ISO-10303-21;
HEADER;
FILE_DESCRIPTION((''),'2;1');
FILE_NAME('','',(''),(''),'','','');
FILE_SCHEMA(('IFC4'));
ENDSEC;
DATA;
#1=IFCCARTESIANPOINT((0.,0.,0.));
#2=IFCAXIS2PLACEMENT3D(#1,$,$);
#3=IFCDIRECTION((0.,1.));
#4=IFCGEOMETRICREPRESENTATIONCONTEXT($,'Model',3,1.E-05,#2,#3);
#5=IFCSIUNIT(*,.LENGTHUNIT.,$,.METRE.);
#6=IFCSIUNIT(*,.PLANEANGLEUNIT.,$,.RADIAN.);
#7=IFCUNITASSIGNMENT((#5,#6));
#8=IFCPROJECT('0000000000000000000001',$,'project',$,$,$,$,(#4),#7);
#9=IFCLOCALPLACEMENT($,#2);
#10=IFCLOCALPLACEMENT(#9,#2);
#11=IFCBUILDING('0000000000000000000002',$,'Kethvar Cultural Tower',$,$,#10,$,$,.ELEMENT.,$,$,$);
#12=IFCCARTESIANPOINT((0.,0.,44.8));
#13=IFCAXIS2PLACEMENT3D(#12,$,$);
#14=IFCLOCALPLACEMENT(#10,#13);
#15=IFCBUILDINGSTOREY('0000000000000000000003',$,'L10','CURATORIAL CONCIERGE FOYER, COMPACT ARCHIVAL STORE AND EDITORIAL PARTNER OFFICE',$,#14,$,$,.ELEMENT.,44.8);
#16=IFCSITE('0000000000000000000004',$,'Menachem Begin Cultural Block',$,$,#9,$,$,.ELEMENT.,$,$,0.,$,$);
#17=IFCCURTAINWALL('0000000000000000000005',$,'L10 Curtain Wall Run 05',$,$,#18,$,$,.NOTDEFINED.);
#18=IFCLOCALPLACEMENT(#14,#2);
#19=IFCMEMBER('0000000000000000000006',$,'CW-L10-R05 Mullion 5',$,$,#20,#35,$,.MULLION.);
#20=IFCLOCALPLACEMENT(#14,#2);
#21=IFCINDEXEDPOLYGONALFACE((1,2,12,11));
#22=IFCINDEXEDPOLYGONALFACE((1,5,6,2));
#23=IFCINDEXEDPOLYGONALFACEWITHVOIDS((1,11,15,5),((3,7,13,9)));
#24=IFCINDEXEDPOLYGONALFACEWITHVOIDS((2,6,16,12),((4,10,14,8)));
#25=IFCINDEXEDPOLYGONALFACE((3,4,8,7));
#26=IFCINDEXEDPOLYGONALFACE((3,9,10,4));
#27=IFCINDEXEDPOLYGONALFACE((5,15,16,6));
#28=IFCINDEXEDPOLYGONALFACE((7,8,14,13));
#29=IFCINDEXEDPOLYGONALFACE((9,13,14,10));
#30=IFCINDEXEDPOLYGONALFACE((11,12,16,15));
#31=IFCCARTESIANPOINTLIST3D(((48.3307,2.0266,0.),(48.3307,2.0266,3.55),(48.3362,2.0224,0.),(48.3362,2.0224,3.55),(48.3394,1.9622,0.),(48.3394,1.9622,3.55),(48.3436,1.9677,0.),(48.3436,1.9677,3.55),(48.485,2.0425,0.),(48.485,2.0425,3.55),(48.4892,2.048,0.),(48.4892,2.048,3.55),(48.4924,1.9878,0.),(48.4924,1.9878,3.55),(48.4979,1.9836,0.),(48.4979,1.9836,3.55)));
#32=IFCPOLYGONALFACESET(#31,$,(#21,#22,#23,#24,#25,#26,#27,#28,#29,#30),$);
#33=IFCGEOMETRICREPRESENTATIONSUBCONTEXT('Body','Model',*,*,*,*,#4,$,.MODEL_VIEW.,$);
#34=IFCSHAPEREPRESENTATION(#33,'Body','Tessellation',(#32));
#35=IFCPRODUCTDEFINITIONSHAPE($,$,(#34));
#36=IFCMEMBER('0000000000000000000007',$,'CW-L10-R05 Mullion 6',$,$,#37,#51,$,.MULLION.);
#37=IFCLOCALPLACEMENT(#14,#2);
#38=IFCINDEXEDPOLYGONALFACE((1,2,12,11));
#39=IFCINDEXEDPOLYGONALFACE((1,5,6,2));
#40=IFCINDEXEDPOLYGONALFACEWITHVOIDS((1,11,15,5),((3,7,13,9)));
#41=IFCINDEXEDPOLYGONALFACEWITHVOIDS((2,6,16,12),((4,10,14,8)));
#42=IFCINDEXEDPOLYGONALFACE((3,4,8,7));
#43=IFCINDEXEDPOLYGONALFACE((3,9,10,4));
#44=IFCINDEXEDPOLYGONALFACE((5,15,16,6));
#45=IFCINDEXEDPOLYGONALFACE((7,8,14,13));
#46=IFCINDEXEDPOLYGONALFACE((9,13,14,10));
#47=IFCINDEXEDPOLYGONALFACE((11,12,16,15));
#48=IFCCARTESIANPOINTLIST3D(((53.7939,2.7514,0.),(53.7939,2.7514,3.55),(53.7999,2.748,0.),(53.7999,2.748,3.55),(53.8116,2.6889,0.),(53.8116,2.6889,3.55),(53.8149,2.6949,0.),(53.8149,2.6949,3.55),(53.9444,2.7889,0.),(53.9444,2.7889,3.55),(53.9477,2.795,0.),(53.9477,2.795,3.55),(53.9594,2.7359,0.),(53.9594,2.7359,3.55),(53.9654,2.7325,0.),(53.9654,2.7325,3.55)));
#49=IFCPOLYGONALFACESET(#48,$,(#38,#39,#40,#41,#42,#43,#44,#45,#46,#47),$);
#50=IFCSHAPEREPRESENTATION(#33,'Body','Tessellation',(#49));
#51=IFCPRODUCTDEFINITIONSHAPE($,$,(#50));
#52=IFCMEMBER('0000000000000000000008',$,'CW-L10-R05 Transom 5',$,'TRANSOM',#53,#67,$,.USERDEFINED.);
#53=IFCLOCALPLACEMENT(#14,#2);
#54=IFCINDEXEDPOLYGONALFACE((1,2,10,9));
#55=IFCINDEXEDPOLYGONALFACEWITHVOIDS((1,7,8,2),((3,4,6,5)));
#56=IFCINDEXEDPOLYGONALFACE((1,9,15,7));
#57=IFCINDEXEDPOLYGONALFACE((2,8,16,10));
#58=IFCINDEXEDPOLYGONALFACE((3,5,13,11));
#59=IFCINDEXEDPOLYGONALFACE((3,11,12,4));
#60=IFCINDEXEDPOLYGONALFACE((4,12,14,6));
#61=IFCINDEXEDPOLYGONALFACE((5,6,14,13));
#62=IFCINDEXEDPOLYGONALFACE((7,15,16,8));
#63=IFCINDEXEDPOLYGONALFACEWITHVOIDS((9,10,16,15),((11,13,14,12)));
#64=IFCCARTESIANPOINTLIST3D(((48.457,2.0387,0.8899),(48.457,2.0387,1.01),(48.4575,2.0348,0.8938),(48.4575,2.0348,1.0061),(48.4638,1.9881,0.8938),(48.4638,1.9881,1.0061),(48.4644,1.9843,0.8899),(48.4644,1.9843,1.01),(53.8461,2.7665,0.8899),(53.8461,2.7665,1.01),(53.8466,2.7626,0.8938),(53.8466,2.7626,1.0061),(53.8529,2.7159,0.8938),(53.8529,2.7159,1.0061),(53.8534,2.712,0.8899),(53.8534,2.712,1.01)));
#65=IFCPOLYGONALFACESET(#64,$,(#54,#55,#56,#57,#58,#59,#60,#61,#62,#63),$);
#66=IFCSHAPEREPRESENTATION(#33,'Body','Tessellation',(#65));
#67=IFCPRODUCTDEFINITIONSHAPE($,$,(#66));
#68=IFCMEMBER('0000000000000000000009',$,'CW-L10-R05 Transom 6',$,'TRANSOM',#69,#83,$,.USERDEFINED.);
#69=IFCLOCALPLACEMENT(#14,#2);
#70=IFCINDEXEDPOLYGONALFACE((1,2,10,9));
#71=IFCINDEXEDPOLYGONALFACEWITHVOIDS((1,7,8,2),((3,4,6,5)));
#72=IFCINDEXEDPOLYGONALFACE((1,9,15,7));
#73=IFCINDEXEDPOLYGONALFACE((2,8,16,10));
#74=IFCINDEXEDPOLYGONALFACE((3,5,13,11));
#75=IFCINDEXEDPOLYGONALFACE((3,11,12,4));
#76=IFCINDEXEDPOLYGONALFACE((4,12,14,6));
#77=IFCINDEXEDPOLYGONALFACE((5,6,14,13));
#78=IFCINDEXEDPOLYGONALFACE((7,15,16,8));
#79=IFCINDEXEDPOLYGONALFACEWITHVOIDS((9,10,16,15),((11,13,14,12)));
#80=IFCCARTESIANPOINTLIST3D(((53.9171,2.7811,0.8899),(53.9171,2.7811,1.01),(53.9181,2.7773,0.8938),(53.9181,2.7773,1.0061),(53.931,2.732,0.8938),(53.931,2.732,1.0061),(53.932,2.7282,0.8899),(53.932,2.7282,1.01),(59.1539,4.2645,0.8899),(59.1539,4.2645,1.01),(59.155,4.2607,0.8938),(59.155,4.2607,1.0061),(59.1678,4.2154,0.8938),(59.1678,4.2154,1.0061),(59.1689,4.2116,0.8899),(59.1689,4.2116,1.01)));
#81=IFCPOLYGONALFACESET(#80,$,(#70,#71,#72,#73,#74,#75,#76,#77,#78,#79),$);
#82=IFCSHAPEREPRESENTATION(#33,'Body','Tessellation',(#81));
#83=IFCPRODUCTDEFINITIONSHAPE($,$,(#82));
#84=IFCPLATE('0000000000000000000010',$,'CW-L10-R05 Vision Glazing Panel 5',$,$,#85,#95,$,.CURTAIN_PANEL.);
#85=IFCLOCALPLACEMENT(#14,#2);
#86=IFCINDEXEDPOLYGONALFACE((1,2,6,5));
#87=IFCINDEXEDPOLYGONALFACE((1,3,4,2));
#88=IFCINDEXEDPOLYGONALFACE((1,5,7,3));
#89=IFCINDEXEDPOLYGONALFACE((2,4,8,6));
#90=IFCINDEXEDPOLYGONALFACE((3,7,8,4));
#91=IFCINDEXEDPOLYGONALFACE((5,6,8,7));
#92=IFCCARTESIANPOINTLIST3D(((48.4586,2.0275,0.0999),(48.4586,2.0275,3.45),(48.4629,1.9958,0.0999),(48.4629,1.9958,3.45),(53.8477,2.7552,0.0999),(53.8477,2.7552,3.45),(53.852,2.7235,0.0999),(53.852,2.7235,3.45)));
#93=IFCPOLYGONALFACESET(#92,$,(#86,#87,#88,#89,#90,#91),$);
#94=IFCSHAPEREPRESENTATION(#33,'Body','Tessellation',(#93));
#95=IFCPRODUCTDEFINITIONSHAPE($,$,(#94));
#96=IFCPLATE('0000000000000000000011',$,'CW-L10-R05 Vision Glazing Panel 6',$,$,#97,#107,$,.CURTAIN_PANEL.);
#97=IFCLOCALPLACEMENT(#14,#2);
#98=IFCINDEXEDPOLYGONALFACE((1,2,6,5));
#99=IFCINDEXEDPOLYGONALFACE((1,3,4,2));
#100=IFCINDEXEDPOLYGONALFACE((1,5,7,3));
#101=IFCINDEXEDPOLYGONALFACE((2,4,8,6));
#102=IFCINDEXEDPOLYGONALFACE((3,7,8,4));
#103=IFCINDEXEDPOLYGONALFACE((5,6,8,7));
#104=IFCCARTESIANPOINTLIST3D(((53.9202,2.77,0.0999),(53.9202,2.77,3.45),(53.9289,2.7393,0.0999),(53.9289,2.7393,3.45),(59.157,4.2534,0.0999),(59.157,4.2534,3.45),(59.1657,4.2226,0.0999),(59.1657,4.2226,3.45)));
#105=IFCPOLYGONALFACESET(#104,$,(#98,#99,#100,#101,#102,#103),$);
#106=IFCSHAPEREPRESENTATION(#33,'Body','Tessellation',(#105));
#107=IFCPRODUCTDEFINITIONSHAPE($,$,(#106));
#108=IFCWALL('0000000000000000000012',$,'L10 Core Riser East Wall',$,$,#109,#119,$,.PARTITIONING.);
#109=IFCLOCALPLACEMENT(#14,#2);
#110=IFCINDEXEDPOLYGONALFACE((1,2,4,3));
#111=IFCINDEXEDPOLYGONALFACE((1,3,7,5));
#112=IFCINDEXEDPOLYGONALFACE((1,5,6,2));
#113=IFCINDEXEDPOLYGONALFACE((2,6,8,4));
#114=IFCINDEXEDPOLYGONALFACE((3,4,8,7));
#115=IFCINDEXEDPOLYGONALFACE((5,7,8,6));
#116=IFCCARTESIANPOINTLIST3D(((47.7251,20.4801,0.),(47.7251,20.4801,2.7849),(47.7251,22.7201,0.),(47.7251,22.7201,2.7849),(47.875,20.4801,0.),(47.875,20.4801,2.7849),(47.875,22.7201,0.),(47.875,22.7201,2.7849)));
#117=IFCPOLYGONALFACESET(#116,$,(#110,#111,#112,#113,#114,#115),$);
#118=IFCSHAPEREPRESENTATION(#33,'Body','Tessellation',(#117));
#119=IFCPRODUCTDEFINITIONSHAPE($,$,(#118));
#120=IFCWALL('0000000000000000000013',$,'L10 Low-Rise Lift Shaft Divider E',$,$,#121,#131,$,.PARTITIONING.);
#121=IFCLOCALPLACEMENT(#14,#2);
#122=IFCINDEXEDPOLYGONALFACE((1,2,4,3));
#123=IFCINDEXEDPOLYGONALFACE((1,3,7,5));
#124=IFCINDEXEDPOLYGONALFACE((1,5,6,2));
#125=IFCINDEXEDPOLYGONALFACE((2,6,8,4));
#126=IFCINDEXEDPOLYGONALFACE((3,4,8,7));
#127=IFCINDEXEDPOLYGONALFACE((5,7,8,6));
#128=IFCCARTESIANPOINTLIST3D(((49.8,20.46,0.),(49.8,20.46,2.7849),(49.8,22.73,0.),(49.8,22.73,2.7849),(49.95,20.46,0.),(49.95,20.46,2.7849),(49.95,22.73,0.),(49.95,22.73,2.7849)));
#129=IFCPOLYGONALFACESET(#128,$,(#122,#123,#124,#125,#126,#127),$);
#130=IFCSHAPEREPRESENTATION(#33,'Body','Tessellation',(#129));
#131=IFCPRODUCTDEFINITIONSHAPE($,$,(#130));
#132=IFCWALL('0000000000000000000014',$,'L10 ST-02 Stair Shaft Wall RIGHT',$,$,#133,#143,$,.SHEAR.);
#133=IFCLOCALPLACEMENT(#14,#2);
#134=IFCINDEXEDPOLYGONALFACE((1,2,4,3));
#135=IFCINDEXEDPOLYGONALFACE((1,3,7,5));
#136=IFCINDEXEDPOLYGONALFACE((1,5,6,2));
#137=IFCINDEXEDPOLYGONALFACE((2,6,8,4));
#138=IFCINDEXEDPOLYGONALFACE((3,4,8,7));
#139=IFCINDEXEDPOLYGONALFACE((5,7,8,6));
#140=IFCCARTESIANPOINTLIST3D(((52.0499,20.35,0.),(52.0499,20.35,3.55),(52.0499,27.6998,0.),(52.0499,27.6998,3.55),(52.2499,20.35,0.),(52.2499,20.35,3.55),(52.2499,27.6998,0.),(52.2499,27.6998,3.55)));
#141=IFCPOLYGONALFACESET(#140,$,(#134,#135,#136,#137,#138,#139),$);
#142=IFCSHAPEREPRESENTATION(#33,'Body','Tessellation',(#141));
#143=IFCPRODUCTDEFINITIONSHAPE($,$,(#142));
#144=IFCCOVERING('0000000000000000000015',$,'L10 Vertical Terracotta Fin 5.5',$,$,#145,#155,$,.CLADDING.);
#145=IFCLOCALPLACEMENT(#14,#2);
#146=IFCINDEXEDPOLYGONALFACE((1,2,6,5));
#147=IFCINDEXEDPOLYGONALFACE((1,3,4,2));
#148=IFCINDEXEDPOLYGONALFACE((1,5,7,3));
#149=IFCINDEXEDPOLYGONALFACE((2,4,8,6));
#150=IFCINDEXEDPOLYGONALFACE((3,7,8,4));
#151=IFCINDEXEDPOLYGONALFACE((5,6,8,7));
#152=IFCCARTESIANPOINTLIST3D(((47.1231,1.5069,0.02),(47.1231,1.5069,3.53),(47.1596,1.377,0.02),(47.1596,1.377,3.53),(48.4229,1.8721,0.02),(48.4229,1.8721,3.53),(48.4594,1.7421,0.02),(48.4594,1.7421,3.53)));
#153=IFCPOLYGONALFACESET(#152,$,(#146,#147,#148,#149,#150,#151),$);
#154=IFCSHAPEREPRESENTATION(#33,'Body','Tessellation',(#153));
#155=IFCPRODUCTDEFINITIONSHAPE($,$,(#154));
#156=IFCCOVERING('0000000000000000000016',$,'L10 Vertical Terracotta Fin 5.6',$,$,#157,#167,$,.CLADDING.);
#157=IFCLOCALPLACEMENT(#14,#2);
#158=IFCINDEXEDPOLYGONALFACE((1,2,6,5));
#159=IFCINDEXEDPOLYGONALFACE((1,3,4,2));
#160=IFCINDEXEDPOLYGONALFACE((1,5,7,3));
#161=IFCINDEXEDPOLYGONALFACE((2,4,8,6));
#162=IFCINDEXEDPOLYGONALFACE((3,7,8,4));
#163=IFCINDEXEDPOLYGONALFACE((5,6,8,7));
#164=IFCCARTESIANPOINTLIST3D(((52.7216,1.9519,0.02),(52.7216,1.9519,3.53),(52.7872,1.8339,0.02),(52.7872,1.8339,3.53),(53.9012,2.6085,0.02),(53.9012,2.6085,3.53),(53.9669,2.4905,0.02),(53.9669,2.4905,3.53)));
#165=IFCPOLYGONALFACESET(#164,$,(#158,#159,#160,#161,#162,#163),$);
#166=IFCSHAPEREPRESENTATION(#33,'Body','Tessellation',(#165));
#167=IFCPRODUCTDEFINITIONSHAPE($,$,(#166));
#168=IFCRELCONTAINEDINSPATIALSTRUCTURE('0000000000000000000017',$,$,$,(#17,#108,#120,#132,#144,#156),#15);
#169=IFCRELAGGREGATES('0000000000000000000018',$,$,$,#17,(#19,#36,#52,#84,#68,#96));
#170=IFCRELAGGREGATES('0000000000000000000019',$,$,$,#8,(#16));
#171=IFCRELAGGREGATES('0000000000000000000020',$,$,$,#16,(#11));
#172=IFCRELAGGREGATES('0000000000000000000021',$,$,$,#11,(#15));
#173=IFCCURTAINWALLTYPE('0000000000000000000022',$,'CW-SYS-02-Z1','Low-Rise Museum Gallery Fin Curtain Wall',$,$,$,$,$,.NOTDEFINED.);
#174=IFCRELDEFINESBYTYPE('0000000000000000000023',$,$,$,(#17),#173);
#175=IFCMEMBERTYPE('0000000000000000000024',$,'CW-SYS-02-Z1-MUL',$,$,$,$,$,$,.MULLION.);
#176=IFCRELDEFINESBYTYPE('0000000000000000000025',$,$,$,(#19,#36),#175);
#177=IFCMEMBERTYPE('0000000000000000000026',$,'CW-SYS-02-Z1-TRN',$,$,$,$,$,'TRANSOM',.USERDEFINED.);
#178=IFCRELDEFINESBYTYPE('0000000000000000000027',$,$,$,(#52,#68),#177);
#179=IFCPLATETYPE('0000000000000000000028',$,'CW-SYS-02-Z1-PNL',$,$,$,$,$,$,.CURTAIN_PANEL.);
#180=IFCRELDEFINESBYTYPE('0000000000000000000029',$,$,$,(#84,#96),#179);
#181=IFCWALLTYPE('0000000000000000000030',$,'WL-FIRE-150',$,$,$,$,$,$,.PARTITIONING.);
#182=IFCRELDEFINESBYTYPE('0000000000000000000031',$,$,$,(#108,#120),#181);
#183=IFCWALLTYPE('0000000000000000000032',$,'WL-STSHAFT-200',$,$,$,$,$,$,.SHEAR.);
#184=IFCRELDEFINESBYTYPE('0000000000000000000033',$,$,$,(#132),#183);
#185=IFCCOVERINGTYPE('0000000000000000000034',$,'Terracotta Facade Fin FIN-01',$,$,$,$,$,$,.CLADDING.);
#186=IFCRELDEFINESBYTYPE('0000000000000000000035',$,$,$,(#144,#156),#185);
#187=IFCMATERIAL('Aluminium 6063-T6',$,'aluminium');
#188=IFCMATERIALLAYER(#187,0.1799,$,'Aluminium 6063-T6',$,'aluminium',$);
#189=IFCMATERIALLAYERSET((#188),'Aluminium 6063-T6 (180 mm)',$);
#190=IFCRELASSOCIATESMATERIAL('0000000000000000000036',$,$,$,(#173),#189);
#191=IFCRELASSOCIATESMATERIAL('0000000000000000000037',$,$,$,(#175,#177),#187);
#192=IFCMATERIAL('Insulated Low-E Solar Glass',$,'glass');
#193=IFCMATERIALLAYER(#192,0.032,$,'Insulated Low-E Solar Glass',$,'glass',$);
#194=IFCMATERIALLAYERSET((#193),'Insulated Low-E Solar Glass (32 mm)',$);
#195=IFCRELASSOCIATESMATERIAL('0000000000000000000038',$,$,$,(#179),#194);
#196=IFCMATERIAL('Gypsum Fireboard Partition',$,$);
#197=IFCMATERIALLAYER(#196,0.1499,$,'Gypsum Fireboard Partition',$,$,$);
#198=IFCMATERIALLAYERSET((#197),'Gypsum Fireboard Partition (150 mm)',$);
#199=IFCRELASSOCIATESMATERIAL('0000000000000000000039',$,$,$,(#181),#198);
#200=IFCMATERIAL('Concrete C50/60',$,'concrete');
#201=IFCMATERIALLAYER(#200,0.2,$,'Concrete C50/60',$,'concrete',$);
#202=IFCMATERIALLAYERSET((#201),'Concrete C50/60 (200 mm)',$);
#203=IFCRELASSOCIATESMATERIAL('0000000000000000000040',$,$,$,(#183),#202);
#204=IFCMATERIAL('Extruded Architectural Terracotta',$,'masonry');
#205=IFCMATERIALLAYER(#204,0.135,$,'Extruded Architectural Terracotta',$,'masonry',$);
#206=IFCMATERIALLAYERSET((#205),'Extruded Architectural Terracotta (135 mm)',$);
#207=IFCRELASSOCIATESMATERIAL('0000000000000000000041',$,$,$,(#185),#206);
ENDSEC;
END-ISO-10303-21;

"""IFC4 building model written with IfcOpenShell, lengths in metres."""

from ifc_helpers import new_model, si_unit, direction, frame, frame_2d, origin, origin_2d, place, context, subcontext, project, spatial, rectangle, hollow_rectangle, extrude, source, transform, mapped, material, layer, layer_set, material_profile, profile_set, type_object, element, aggregate, save


model = new_model("IFC4")

# Units and contexts
model_context = context("Model", 3, precision=1e-05, world=origin(), true_north=direction((0.0, 1.0)))
body_context = subcontext(model_context, "Body", "Model", "MODEL_VIEW")
ifc_project = project(units=[si_unit("LENGTHUNIT", "METRE"), si_unit("PLANEANGLEUNIT", "RADIAN")], contexts=[model_context])

# Site, building, storey
site_placement = place(None, origin())
site = spatial("IfcSite", under=ifc_project, at=site_placement, Name="Menachem Begin Cultural Block", CompositionType="ELEMENT", RefElevation=0.0)
building_placement = place(site_placement, origin())
building = spatial("IfcBuilding", under=site, at=building_placement, Name="Kethvar Cultural Tower", CompositionType="ELEMENT")
storey_placement = place(building_placement, frame((0.0, 0.0, 44.8)))
storey = spatial("IfcBuildingStorey", under=building, at=storey_placement, Name="L10", Description="CURATORIAL CONCIERGE FOYER, COMPACT ARCHIVAL STORE AND EDITORIAL PARTNER OFFICE", CompositionType="ELEMENT", Elevation=44.8)

# Curtain wall, members, plates
ifc_material_1 = material(Name="Aluminium 6063-T6", Category="aluminium")
ifc_layer_1 = layer(ifc_material_1, 0.1799, Name="Aluminium 6063-T6", Category="aluminium")
ifc_layer_set_1 = layer_set([ifc_layer_1], Name="Aluminium 6063-T6 (180 mm)")
curtain_wall_type = type_object("IfcCurtainWallType", Name="CW-SYS-02-Z1", Description="Low-Rise Museum Gallery Fin Curtain Wall", PredefinedType="NOTDEFINED", material=ifc_layer_set_1)
curtain_wall_placement = place(storey_placement, origin())
curtain_wall = element("IfcCurtainWall", 1, at=curtain_wall_placement, inside=storey, type_object=curtain_wall_type, Name="L10 Curtain Wall Run 05", PredefinedType="NOTDEFINED")
ifc_material_profile_1 = material_profile(ifc_material_1, hollow_rectangle(XDim=0.0649, YDim=0.1599, WallThickness=0.0049, at=origin_2d()), Name="Aluminium 6063-T6 — RHS160x65x5")
ifc_profile_set_1 = profile_set([ifc_material_profile_1], Name="Aluminium 6063-T6 — RHS160x65x5")
member_type_1 = type_object("IfcMemberType", Name="CW-SYS-02-Z1-MUL", PredefinedType="MULLION", material=ifc_profile_set_1)
shared_shape_1 = source(origin(), body_context, "Body", "SweptSolid", [
    extrude(hollow_rectangle(XDim=0.0649, YDim=0.1599, WallThickness=0.0049, at=origin_2d()), origin(), (0.0, 0.0, 1.0), 3.55),
])
member_1_placement = place(storey_placement, frame((48.4143, 2.0051, 0.0), z_axis=(0.0, 0.0, 1.0), x_axis=(-0.133813, 0.991007, 0.0)))
member_1 = element("IfcMember", 2, at=member_1_placement, type_object=member_type_1, Name="CW-L10-R05 Mullion 5", PredefinedType="MULLION", context=body_context, shape_type="MappedRepresentation", body=[
    mapped(shared_shape_1, transform((0.0, 0.0, 0.0), scale=1.0)),
])
member_2_placement = place(storey_placement, frame((53.8796, 2.7419, 0.0), z_axis=(0.0, 0.0, 1.0), x_axis=(-0.272532, 0.962147, 0.0)))
member_2 = element("IfcMember", 3, at=member_2_placement, type_object=member_type_1, Name="CW-L10-R05 Mullion 6", PredefinedType="MULLION", context=body_context, shape_type="MappedRepresentation", body=[
    mapped(shared_shape_1, transform((0.0, 0.0, 0.0), scale=1.0)),
])
ifc_material_profile_2 = material_profile(ifc_material_1, hollow_rectangle(XDim=0.0549, YDim=0.1201, WallThickness=0.0039, at=origin_2d()), Name="Aluminium 6063-T6 — RHS120x55x4")
ifc_profile_set_2 = profile_set([ifc_material_profile_2], Name="Aluminium 6063-T6 — RHS120x55x4")
member_type_2 = type_object("IfcMemberType", Name="CW-SYS-02-Z1-TRN", ElementType="TRANSOM", PredefinedType="USERDEFINED", material=ifc_profile_set_2)
shared_shape_2 = source(origin(), body_context, "Body", "SweptSolid", [
    extrude(hollow_rectangle(XDim=0.0549, YDim=0.1201, WallThickness=0.0039, at=origin_2d()), origin(), (0.0, 0.0, 1.0), 5.438),
])
member_3_placement = place(storey_placement, frame((48.4607, 2.0115, 0.95), z_axis=(0.991004, 0.133831, 0.0), x_axis=(-0.133831, 0.991004, 0.0)))
member_3 = element("IfcMember", 4, at=member_3_placement, type_object=member_type_2, Name="CW-L10-R05 Transom 5", ObjectType="TRANSOM", PredefinedType="USERDEFINED", context=body_context, shape_type="MappedRepresentation", body=[
    mapped(shared_shape_2, transform((0.0, 0.0, 0.0), scale=1.0)),
])
shared_shape_3 = source(origin(), body_context, "Body", "SweptSolid", [
    extrude(hollow_rectangle(XDim=0.0549, YDim=0.1201, WallThickness=0.0039, at=origin_2d()), origin(), (0.0, 0.0, 1.0), 5.4429),
])
member_4_placement = place(storey_placement, frame((53.9246, 2.7546, 0.95), z_axis=(0.962144, 0.27254, 0.0), x_axis=(-0.27254, 0.962144, 0.0)))
member_4 = element("IfcMember", 5, at=member_4_placement, type_object=member_type_2, Name="CW-L10-R05 Transom 6", ObjectType="TRANSOM", PredefinedType="USERDEFINED", context=body_context, shape_type="MappedRepresentation", body=[
    mapped(shared_shape_3, transform((0.0, 0.0, 0.0), scale=1.0)),
])
ifc_material_2 = material(Name="Insulated Low-E Solar Glass", Category="glass")
ifc_layer_2 = layer(ifc_material_2, 0.032, Name="Insulated Low-E Solar Glass", Category="glass")
ifc_layer_set_2 = layer_set([ifc_layer_2], Name="Insulated Low-E Solar Glass (32 mm)")
plate_type = type_object("IfcPlateType", Name="CW-SYS-02-Z1-PNL", PredefinedType="CURTAIN_PANEL", material=ifc_layer_set_2)
shared_shape_4 = source(origin(), body_context, "Body", "SweptSolid", [
    extrude(rectangle(XDim=5.438, YDim=0.032, at=origin_2d()), origin(), (0.0, 0.0, 1.0), 3.3501),
])
plate_1_placement = place(storey_placement, frame((51.1553, 2.3755, 0.0999), z_axis=(0.0, 0.0, 1.0), x_axis=(0.991007, 0.133813, 0.0)))
plate_1 = element("IfcPlate", 6, at=plate_1_placement, type_object=plate_type, Name="CW-L10-R05 Vision Glazing Panel 5", PredefinedType="CURTAIN_PANEL", context=body_context, shape_type="MappedRepresentation", body=[
    mapped(shared_shape_4, transform((0.0, 0.0, 0.0), scale=1.0)),
])
shared_shape_5 = source(origin(), body_context, "Body", "SweptSolid", [
    extrude(rectangle(XDim=5.4429, YDim=0.032, at=origin_2d()), origin(), (0.0, 0.0, 1.0), 3.3501),
])
plate_2_placement = place(storey_placement, frame((56.543, 3.4963, 0.0999), z_axis=(0.0, 0.0, 1.0), x_axis=(0.962147, 0.272532, 0.0)))
plate_2 = element("IfcPlate", 7, at=plate_2_placement, type_object=plate_type, Name="CW-L10-R05 Vision Glazing Panel 6", PredefinedType="CURTAIN_PANEL", context=body_context, shape_type="MappedRepresentation", body=[
    mapped(shared_shape_5, transform((0.0, 0.0, 0.0), scale=1.0)),
])
aggregate(curtain_wall, [member_1, member_2, member_3, plate_1, member_4, plate_2])

# Walls
ifc_material_3 = material(Name="Gypsum Fireboard Partition")
ifc_layer_3 = layer(ifc_material_3, 0.1499, Name="Gypsum Fireboard Partition")
ifc_layer_set_3 = layer_set([ifc_layer_3], Name="Gypsum Fireboard Partition (150 mm)")
wall_type_1 = type_object("IfcWallType", Name="WL-FIRE-150", PredefinedType="PARTITIONING", material=ifc_layer_set_3)
wall_1_placement = place(storey_placement, frame((47.8, 20.48, 0.0), z_axis=(0.0, 0.0, 1.0), x_axis=(0.0, 1.0, 0.0)))
element("IfcWall", 8, at=wall_1_placement, inside=storey, type_object=wall_type_1, Name="L10 Core Riser East Wall", PredefinedType="PARTITIONING", context=body_context, shape_type="SweptSolid", body=[
    extrude(rectangle(XDim=2.24, YDim=0.1499, at=frame_2d((1.1201, 0.0))), origin(), (0.0, 0.0, 1.0), 2.7849),
])
wall_2_placement = place(storey_placement, frame((49.875, 20.46, 0.0), z_axis=(0.0, 0.0, 1.0), x_axis=(0.0, 1.0, 0.0)))
element("IfcWall", 9, at=wall_2_placement, inside=storey, type_object=wall_type_1, Name="L10 Low-Rise Lift Shaft Divider E", PredefinedType="PARTITIONING", context=body_context, shape_type="SweptSolid", body=[
    extrude(rectangle(XDim=2.27, YDim=0.1499, at=frame_2d((1.135, 0.0))), origin(), (0.0, 0.0, 1.0), 2.7849),
])
ifc_material_4 = material(Name="Concrete C50/60", Category="concrete")
ifc_layer_4 = layer(ifc_material_4, 0.2, Name="Concrete C50/60", Category="concrete")
ifc_layer_set_4 = layer_set([ifc_layer_4], Name="Concrete C50/60 (200 mm)")
wall_type_2 = type_object("IfcWallType", Name="WL-STSHAFT-200", PredefinedType="SHEAR", material=ifc_layer_set_4)
wall_3_placement = place(storey_placement, frame((52.1499, 20.3501, 0.0), z_axis=(0.0, 0.0, 1.0), x_axis=(0.0, 1.0, 0.0)))
element("IfcWall", 10, at=wall_3_placement, inside=storey, type_object=wall_type_2, Name="L10 ST-02 Stair Shaft Wall RIGHT", PredefinedType="SHEAR", context=body_context, shape_type="SweptSolid", body=[
    extrude(rectangle(XDim=7.3499, YDim=0.2, at=frame_2d((3.6748, 0.0))), origin(), (0.0, 0.0, 1.0), 3.55),
])

# Coverings
ifc_material_5 = material(Name="Extruded Architectural Terracotta", Category="masonry")
ifc_layer_5 = layer(ifc_material_5, 0.135, Name="Extruded Architectural Terracotta", Category="masonry")
ifc_layer_set_5 = layer_set([ifc_layer_5], Name="Extruded Architectural Terracotta (135 mm)")
covering_type = type_object("IfcCoveringType", Name="Terracotta Facade Fin FIN-01", PredefinedType="CLADDING", material=ifc_layer_set_5)
shared_shape_6 = source(origin(), body_context, "Body", "SweptSolid", [
    extrude(rectangle(XDim=1.3501, YDim=0.135, at=origin_2d()), origin(), (0.0, 0.0, 1.0), 3.51),
])
for number, where, z_axis, x_axis, name in (
    (11, (47.7913, 1.6245, 0.02), (0.0, 0.0, 1.0), (-0.962739, -0.270432, 0.0), "L10 Vertical Terracotta Fin 5.5"),
    (12, (53.3442, 2.2212, 0.02), (0.0, 0.0, 1.0), (-0.873772, -0.486335, 0.0), "L10 Vertical Terracotta Fin 5.6"),
):
    element("IfcCovering", number, at=place(storey_placement, frame(where, z_axis=z_axis, x_axis=x_axis)), inside=storey, type_object=covering_type, Name=name, PredefinedType="CLADDING", context=body_context, shape_type="MappedRepresentation", body=[
        mapped(shared_shape_6, transform((0.0, 0.0, 0.0), scale=1.0)),
    ])

save(model, "model.ifc")
